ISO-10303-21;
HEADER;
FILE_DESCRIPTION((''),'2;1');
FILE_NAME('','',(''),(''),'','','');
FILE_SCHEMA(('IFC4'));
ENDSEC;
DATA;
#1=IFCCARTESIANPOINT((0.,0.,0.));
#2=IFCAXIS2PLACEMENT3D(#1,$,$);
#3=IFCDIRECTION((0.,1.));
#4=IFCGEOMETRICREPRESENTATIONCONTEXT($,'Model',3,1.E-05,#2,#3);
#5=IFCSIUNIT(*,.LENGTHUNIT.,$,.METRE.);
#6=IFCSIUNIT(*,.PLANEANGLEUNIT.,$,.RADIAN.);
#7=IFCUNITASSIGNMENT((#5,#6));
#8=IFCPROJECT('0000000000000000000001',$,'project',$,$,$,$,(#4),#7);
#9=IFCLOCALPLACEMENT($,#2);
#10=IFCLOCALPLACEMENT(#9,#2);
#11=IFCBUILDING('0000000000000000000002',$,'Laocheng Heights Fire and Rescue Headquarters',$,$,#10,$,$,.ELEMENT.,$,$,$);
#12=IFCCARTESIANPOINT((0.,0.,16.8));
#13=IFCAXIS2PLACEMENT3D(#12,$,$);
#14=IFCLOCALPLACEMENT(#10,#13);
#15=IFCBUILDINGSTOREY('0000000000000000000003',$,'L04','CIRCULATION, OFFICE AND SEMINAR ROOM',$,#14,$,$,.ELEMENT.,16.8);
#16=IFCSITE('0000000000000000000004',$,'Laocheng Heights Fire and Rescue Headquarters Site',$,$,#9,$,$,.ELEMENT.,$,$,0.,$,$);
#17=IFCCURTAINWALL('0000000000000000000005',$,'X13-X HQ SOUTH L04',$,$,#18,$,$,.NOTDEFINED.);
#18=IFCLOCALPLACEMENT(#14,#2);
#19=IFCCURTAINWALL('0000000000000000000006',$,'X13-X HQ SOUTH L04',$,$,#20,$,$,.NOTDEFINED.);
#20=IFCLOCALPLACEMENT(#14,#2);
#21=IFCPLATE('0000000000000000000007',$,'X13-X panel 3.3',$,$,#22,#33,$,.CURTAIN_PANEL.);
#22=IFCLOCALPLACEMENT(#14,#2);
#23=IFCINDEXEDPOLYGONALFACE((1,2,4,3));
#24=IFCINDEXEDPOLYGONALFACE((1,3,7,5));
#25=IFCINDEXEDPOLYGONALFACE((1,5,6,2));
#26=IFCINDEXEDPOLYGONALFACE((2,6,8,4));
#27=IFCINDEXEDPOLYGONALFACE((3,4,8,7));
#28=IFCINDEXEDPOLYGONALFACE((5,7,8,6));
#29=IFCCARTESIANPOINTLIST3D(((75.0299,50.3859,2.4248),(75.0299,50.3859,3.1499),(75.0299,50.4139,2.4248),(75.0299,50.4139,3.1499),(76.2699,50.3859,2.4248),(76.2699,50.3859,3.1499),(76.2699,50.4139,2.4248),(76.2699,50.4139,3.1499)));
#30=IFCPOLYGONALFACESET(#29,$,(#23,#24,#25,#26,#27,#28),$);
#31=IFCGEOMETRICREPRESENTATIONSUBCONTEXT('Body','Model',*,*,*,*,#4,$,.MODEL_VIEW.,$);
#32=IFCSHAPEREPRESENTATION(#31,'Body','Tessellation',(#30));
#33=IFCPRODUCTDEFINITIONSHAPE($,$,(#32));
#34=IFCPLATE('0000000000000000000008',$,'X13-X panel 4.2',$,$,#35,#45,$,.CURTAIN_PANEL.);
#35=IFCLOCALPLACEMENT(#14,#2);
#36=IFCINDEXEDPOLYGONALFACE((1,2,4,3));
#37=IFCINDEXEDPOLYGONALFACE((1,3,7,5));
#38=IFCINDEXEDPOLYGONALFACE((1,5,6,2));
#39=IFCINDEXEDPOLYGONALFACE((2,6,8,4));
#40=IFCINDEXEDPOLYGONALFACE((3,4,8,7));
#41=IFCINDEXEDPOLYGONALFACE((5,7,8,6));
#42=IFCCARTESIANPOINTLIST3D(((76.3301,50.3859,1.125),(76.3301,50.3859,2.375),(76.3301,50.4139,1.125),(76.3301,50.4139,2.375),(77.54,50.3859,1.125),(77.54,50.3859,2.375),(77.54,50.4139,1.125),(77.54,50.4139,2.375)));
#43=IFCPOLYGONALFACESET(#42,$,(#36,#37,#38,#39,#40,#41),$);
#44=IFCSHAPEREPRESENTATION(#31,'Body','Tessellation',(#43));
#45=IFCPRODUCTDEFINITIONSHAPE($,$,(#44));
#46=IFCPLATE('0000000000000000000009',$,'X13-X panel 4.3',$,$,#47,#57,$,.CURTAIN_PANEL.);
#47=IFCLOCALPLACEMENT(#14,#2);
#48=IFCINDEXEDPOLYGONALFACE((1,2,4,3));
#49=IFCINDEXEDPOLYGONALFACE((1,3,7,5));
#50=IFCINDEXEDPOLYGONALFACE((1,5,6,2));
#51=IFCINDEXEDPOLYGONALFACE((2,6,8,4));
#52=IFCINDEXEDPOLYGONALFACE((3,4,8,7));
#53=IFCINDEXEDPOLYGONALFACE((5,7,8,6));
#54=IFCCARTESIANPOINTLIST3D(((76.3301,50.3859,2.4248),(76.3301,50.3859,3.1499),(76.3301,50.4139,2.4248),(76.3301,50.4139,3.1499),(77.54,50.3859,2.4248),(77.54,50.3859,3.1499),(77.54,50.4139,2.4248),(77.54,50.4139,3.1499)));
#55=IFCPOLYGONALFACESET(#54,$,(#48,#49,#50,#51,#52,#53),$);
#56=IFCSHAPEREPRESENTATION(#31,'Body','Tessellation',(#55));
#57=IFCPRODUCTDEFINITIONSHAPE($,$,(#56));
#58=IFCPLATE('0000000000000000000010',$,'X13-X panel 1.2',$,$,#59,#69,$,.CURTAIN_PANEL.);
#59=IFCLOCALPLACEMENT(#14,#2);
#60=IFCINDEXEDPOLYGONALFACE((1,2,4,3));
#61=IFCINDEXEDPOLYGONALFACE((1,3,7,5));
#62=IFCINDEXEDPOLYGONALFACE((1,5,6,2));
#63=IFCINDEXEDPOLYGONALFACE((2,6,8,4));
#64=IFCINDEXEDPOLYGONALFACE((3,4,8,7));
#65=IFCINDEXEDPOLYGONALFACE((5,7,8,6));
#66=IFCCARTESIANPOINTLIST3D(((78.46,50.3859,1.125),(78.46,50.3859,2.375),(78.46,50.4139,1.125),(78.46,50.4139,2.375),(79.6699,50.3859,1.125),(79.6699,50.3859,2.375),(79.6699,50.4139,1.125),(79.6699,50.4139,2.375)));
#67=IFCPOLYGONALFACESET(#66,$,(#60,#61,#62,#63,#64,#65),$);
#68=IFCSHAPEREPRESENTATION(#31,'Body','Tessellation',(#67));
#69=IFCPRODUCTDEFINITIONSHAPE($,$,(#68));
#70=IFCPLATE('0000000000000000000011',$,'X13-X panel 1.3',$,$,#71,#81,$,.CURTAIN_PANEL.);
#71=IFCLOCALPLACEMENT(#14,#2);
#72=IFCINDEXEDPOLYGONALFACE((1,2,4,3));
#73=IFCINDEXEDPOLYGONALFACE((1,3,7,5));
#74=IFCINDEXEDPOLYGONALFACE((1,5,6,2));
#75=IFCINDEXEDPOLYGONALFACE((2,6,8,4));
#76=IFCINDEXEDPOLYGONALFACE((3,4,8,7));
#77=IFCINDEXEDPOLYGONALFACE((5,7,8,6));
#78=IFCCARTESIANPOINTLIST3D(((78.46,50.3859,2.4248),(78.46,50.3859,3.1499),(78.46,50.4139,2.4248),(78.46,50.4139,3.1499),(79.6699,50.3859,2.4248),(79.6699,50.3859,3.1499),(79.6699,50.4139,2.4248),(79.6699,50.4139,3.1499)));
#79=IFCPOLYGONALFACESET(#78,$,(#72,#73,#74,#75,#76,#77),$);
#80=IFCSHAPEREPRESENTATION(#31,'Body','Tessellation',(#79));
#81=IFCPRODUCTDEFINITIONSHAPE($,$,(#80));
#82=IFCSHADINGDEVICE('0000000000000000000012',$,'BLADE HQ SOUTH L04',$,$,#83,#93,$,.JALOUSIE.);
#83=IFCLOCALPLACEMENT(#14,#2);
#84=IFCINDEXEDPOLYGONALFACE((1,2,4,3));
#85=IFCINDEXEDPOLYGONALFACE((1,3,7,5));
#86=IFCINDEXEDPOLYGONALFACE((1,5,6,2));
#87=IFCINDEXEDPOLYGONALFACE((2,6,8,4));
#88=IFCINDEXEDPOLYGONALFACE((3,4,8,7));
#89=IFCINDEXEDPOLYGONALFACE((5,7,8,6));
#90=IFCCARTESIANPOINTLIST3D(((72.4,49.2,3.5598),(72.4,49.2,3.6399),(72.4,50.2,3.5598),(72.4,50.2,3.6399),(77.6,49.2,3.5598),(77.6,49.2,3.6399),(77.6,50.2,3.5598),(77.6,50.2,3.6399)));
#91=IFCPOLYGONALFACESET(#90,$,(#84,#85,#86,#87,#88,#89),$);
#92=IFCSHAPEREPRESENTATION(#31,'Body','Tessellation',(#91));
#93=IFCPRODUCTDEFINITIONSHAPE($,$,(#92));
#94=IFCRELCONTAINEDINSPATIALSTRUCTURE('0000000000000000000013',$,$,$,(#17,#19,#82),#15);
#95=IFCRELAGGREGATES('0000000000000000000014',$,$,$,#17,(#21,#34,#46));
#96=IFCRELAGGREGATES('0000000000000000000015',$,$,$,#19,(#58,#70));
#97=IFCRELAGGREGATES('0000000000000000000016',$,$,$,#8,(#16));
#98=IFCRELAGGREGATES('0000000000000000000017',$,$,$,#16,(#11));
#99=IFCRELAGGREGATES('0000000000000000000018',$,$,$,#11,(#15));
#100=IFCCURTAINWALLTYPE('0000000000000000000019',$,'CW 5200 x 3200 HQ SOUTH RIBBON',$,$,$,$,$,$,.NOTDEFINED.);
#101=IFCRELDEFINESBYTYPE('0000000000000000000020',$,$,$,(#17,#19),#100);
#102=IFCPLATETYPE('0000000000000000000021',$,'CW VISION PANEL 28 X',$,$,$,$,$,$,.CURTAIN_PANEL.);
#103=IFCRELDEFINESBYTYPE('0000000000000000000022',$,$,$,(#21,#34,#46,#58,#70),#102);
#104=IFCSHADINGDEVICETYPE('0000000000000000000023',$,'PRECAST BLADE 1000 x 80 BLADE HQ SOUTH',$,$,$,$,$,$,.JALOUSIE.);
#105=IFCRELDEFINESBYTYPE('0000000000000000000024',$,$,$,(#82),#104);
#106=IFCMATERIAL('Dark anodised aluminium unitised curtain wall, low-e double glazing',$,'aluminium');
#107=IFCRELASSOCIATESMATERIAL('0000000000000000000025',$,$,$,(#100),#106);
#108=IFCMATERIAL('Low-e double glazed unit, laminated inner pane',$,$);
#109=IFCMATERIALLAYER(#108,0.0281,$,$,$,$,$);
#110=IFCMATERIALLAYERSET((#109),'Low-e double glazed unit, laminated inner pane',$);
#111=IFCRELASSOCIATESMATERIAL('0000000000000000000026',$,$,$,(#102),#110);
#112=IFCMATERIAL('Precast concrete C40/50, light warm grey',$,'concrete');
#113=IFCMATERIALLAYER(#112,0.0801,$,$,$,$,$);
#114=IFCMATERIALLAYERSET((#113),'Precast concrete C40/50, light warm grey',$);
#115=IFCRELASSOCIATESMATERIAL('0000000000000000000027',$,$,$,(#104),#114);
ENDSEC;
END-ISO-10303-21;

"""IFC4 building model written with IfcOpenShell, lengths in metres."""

from ifc_helpers import new_model, si_unit, direction, frame, origin, origin_2d, place, context, subcontext, project, spatial, rectangle, extrude, material, layer, layer_set, type_object, element, aggregate, save


model = new_model("IFC4")

# Units and contexts
model_context = context("Model", 3, precision=1e-05, world=origin(), true_north=direction((0.0, 1.0)))
body_context = subcontext(model_context, "Body", "Model", "MODEL_VIEW")
ifc_project = project(units=[si_unit("LENGTHUNIT", "METRE"), si_unit("PLANEANGLEUNIT", "RADIAN")], contexts=[model_context])

# Site, building, storey
site_placement = place(None, origin())
site = spatial("IfcSite", under=ifc_project, at=site_placement, Name="Laocheng Heights Fire and Rescue Headquarters Site", CompositionType="ELEMENT", RefElevation=0.0)
building_placement = place(site_placement, origin())
building = spatial("IfcBuilding", under=site, at=building_placement, Name="Laocheng Heights Fire and Rescue Headquarters", CompositionType="ELEMENT")
storey_placement = place(building_placement, frame((0.0, 0.0, 16.8)))
storey = spatial("IfcBuildingStorey", under=building, at=storey_placement, Name="L04", Description="CIRCULATION, OFFICE AND SEMINAR ROOM", CompositionType="ELEMENT", Elevation=16.8)

# Curtain walls
ifc_material_1 = material(Name="Dark anodised aluminium unitised curtain wall, low-e double glazing", Category="aluminium")
curtain_wall_type = type_object("IfcCurtainWallType", Name="CW 5200 x 3200 HQ SOUTH RIBBON", PredefinedType="NOTDEFINED", material=ifc_material_1)
curtain_wall_1_placement = place(storey_placement, origin())
curtain_wall_1 = element("IfcCurtainWall", 1, at=curtain_wall_1_placement, inside=storey, type_object=curtain_wall_type, Name="X13-X HQ SOUTH L04", PredefinedType="NOTDEFINED")
curtain_wall_2_placement = place(storey_placement, origin())
curtain_wall_2 = element("IfcCurtainWall", 2, at=curtain_wall_2_placement, inside=storey, type_object=curtain_wall_type, Name="X13-X HQ SOUTH L04", PredefinedType="NOTDEFINED")

# Plates
ifc_material_2 = material(Name="Low-e double glazed unit, laminated inner pane")
ifc_layer_1 = layer(ifc_material_2, 0.0281)
ifc_layer_set_1 = layer_set([ifc_layer_1], Name="Low-e double glazed unit, laminated inner pane")
plate_type_1 = type_object("IfcPlateType", Name="CW VISION PANEL 28 X", PredefinedType="CURTAIN_PANEL", material=ifc_layer_set_1)
plate_1_placement = place(storey_placement, frame((75.6499, 50.3999, 2.4248), z_axis=(0.0, 0.0, 1.0), x_axis=(1.0, 0.0, 0.0)))
plate_1 = element("IfcPlate", 3, at=plate_1_placement, type_object=plate_type_1, Name="X13-X panel 3.3", PredefinedType="CURTAIN_PANEL", context=body_context, shape_type="SweptSolid", body=[
    extrude(rectangle(XDim=1.24, YDim=0.0281, at=origin_2d()), origin(), (0.0, 0.0, 1.0), 0.7251),
])
plate_2_placement = place(storey_placement, frame((76.9351, 50.3999, 1.125), z_axis=(0.0, 0.0, 1.0), x_axis=(1.0, 0.0, 0.0)))
plate_2 = element("IfcPlate", 4, at=plate_2_placement, type_object=plate_type_1, Name="X13-X panel 4.2", PredefinedType="CURTAIN_PANEL", context=body_context, shape_type="SweptSolid", body=[
    extrude(rectangle(XDim=1.21, YDim=0.0281, at=origin_2d()), origin(), (0.0, 0.0, 1.0), 1.25),
])
plate_3_placement = place(storey_placement, frame((76.9351, 50.3999, 2.4248), z_axis=(0.0, 0.0, 1.0), x_axis=(1.0, 0.0, 0.0)))
plate_3 = element("IfcPlate", 5, at=plate_3_placement, type_object=plate_type_1, Name="X13-X panel 4.3", PredefinedType="CURTAIN_PANEL", context=body_context, shape_type="SweptSolid", body=[
    extrude(rectangle(XDim=1.21, YDim=0.0281, at=origin_2d()), origin(), (0.0, 0.0, 1.0), 0.7251),
])
aggregate(curtain_wall_1, [plate_1, plate_2, plate_3])
plate_4_placement = place(storey_placement, frame((79.0649, 50.3999, 1.125), z_axis=(0.0, 0.0, 1.0), x_axis=(1.0, 0.0, 0.0)))
plate_4 = element("IfcPlate", 6, at=plate_4_placement, type_object=plate_type_1, Name="X13-X panel 1.2", PredefinedType="CURTAIN_PANEL", context=body_context, shape_type="SweptSolid", body=[
    extrude(rectangle(XDim=1.21, YDim=0.0281, at=origin_2d()), origin(), (0.0, 0.0, 1.0), 1.25),
])
plate_5_placement = place(storey_placement, frame((79.0649, 50.3999, 2.4248), z_axis=(0.0, 0.0, 1.0), x_axis=(1.0, 0.0, 0.0)))
plate_5 = element("IfcPlate", 7, at=plate_5_placement, type_object=plate_type_1, Name="X13-X panel 1.3", PredefinedType="CURTAIN_PANEL", context=body_context, shape_type="SweptSolid", body=[
    extrude(rectangle(XDim=1.21, YDim=0.0281, at=origin_2d()), origin(), (0.0, 0.0, 1.0), 0.7251),
])
aggregate(curtain_wall_2, [plate_4, plate_5])

# Shading device
ifc_material_3 = material(Name="Precast concrete C40/50, light warm grey", Category="concrete")
ifc_layer_2 = layer(ifc_material_3, 0.0801)
ifc_layer_set_2 = layer_set([ifc_layer_2], Name="Precast concrete C40/50, light warm grey")
shading_device_type = type_object("IfcShadingDeviceType", Name="PRECAST BLADE 1000 x 80 BLADE HQ SOUTH", PredefinedType="JALOUSIE", material=ifc_layer_set_2)
shading_device_placement = place(storey_placement, frame((75.0, 49.7, 3.5598), z_axis=(0.0, 0.0, 1.0), x_axis=(1.0, 0.0, 0.0)))
element("IfcShadingDevice", 8, at=shading_device_placement, inside=storey, type_object=shading_device_type, Name="BLADE HQ SOUTH L04", PredefinedType="JALOUSIE", context=body_context, shape_type="SweptSolid", body=[
    extrude(rectangle(XDim=5.2, YDim=1.0, at=origin_2d()), origin(), (0.0, 0.0, 1.0), 0.0801),
])

save(model, "model.ifc")
